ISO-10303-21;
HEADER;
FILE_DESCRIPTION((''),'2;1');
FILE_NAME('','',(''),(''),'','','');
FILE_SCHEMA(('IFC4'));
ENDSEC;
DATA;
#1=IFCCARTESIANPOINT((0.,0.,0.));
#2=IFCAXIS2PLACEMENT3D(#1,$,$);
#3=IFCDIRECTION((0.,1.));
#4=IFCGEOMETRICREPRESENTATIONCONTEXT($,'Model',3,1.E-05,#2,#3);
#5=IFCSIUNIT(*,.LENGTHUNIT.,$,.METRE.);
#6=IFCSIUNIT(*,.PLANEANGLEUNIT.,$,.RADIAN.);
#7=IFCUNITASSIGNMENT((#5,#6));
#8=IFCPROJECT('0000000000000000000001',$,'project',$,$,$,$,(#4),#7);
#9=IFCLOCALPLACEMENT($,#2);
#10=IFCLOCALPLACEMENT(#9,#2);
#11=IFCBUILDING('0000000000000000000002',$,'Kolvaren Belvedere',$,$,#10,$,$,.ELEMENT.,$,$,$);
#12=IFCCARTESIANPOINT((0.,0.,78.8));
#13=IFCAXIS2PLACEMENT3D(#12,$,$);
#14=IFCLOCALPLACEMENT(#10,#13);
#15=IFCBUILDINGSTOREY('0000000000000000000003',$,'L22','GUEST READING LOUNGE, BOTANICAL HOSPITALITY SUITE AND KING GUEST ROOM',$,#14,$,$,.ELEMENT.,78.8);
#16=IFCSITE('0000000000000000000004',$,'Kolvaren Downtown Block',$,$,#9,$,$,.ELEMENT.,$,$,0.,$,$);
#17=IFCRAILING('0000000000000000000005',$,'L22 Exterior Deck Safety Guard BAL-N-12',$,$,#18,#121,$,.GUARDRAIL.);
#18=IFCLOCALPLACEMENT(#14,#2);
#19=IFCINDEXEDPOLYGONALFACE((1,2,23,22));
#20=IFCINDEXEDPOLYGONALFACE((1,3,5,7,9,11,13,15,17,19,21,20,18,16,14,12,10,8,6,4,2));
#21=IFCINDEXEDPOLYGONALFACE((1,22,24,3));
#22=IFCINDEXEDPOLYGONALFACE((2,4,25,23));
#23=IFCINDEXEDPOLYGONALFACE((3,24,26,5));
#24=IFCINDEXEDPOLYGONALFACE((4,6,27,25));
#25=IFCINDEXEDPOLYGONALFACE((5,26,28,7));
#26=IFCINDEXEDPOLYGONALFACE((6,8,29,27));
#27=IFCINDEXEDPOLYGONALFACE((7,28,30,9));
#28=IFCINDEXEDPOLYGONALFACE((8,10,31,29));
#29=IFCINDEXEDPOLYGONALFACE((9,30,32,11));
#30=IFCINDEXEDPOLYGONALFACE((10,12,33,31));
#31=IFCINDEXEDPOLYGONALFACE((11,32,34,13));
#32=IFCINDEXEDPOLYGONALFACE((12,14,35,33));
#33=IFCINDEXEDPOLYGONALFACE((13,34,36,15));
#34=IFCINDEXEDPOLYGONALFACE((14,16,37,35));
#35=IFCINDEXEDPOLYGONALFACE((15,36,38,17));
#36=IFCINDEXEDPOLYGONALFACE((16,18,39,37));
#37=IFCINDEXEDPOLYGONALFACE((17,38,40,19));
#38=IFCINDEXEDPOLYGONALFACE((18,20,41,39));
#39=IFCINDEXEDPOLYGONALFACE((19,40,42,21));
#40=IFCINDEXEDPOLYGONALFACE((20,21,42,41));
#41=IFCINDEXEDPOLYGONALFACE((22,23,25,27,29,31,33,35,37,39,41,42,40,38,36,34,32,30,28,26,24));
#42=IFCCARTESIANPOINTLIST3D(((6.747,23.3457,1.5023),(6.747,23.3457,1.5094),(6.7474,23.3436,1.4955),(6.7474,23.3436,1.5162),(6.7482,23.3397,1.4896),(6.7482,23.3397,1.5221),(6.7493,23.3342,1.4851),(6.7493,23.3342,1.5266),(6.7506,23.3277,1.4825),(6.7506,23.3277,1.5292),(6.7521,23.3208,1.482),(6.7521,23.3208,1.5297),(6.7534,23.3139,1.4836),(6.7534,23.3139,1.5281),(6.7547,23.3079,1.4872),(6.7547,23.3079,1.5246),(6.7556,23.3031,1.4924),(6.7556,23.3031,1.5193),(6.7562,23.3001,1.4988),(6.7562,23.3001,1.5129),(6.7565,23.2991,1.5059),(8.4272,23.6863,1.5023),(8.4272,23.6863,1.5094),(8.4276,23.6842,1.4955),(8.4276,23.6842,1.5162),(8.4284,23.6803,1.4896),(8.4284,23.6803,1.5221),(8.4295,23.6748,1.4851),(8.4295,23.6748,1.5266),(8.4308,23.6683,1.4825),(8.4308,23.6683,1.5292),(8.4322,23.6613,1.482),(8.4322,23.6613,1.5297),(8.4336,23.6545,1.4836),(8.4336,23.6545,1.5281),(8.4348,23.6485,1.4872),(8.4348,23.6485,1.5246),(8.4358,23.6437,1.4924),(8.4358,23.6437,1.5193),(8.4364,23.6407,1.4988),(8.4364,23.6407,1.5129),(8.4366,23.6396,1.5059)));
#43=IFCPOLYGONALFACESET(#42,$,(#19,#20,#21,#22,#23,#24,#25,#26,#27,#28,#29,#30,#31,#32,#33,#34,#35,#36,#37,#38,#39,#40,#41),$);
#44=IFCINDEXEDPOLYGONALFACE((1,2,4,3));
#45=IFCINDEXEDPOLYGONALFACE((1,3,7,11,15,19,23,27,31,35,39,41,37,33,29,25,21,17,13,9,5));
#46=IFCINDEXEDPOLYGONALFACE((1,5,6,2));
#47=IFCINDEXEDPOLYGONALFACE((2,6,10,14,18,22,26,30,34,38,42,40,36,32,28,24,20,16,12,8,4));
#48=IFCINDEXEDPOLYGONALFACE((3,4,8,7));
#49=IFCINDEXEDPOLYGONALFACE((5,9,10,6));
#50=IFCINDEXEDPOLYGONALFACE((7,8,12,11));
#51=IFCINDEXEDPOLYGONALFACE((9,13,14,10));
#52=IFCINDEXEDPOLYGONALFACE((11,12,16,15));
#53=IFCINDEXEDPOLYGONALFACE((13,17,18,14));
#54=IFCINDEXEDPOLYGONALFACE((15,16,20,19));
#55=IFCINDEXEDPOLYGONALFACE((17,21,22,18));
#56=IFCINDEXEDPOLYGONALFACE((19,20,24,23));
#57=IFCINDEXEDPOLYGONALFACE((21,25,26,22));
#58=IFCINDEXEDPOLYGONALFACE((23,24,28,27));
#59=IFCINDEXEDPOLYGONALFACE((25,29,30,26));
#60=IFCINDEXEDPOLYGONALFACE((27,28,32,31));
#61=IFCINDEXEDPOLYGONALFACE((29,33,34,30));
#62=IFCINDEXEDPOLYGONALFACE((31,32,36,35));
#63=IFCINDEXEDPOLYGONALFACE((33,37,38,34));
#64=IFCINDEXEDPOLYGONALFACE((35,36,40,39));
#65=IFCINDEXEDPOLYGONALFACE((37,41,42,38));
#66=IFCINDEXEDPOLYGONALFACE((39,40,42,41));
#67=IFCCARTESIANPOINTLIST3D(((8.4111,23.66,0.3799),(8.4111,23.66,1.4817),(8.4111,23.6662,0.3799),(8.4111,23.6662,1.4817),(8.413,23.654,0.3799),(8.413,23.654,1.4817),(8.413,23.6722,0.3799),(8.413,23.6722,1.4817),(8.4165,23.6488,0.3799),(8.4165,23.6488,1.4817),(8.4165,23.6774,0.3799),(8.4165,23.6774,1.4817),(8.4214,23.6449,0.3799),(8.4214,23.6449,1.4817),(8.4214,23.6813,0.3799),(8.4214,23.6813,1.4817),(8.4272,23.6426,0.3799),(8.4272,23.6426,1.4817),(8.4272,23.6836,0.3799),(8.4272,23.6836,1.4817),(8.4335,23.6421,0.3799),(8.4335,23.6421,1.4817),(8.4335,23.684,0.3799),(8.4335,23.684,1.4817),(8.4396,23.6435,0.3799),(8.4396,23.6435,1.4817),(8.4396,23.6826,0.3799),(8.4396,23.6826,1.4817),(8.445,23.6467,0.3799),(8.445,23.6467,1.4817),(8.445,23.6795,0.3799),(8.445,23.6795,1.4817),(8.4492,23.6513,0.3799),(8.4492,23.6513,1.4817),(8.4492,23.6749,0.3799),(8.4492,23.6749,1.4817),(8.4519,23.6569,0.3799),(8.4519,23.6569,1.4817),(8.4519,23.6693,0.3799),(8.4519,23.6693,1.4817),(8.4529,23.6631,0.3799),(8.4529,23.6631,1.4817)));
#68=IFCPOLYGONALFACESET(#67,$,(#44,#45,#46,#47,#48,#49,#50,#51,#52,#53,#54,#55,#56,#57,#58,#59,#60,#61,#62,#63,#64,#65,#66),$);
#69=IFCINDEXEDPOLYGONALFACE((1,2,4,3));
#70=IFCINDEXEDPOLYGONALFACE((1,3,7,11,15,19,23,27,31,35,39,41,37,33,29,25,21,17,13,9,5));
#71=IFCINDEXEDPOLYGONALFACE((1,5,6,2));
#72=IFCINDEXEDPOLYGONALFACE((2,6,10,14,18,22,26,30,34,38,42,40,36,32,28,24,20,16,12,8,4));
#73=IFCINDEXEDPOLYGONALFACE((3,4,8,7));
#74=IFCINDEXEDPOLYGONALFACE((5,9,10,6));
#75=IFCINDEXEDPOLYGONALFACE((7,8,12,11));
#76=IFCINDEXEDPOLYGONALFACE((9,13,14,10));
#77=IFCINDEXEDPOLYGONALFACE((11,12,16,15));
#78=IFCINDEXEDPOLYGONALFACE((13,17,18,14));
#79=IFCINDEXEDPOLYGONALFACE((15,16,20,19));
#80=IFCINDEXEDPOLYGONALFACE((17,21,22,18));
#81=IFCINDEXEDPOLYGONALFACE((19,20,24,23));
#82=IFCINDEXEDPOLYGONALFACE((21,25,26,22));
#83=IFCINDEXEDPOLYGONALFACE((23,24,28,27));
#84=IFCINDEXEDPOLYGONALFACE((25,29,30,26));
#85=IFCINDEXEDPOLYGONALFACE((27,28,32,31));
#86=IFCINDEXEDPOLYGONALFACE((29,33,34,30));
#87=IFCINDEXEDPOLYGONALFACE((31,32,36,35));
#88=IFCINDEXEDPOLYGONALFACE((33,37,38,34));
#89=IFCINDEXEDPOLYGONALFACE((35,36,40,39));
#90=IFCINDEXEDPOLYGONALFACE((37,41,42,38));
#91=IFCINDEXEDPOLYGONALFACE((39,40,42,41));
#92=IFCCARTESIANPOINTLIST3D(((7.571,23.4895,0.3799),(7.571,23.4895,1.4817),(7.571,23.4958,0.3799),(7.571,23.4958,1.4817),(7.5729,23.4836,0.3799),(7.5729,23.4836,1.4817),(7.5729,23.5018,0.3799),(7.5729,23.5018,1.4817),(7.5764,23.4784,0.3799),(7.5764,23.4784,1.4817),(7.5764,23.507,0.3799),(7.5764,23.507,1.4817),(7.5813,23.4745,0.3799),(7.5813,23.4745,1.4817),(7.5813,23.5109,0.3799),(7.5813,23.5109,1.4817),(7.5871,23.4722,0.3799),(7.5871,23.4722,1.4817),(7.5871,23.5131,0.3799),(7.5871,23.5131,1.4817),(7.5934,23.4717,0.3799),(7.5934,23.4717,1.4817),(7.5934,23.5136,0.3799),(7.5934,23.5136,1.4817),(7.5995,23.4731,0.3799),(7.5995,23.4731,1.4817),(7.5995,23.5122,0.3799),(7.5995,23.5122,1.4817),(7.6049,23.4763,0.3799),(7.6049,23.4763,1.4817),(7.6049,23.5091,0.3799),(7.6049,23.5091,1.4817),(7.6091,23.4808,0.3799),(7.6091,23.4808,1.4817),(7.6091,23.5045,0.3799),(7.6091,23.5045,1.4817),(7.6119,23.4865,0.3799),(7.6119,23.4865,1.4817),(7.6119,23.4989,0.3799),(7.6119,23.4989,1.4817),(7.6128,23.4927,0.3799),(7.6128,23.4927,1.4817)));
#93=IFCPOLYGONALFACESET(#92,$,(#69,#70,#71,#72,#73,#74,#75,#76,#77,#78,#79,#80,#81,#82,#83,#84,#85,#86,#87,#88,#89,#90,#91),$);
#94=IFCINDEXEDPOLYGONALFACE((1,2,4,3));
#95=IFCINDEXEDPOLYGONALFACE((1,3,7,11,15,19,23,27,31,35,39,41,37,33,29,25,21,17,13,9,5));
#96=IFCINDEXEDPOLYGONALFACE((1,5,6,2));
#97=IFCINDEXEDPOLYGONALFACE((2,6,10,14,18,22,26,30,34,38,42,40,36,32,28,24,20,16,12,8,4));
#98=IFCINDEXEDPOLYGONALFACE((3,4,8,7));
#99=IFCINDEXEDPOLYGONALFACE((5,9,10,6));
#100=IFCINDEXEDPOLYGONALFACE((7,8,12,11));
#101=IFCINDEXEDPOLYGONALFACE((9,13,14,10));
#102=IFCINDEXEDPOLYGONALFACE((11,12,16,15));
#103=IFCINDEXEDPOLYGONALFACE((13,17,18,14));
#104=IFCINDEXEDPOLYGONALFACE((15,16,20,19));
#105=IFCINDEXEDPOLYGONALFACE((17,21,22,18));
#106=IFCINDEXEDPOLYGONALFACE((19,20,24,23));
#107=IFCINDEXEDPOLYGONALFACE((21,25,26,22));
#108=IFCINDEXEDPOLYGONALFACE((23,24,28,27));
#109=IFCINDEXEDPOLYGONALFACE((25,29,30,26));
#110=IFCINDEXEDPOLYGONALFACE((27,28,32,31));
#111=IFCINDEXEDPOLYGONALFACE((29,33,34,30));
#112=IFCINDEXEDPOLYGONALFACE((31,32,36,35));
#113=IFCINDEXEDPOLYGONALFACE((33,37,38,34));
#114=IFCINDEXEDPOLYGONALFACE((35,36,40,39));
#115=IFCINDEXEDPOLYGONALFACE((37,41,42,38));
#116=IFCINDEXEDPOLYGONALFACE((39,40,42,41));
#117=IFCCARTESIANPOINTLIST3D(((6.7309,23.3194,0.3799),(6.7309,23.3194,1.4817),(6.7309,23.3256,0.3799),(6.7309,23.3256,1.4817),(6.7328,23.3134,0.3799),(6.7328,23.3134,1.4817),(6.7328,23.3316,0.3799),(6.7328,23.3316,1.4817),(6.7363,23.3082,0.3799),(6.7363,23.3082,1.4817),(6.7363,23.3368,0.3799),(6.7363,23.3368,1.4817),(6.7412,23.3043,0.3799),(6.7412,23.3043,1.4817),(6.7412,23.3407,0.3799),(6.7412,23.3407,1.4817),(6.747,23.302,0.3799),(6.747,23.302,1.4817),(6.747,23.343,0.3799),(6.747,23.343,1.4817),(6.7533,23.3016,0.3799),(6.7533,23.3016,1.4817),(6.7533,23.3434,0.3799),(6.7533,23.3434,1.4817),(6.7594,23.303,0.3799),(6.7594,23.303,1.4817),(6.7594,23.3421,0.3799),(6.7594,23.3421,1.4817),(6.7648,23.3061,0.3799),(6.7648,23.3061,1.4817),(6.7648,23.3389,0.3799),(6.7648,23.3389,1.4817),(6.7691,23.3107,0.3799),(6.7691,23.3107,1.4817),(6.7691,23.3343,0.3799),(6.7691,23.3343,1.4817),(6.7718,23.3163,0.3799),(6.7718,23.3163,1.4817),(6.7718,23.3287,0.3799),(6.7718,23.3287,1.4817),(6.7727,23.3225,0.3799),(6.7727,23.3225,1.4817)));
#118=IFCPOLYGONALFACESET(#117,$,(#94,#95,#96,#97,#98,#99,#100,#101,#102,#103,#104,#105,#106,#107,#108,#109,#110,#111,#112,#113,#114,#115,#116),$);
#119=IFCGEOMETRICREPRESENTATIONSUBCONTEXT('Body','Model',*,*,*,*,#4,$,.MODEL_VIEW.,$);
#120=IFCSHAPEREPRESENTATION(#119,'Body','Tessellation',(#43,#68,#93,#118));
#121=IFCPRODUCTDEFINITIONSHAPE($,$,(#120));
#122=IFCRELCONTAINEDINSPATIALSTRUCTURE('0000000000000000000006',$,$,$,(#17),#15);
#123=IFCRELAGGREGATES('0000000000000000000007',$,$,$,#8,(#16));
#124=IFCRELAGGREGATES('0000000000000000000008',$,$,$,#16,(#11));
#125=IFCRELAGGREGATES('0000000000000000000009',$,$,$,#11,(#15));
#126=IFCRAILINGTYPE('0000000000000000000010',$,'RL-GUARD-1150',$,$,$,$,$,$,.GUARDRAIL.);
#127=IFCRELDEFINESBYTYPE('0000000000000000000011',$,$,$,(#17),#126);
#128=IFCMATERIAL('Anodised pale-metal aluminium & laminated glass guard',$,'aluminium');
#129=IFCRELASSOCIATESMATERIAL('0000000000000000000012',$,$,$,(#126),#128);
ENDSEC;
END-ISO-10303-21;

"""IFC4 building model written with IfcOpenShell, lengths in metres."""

from ifc_helpers import new_model, si_unit, direction, frame, origin, origin_2d, place, context, subcontext, project, spatial, circle, extrude, material, type_object, element, save


model = new_model("IFC4")

# Units and contexts
model_context = context("Model", 3, precision=1e-05, world=origin(), true_north=direction((0.0, 1.0)))
body_context = subcontext(model_context, "Body", "Model", "MODEL_VIEW")
ifc_project = project(units=[si_unit("LENGTHUNIT", "METRE"), si_unit("PLANEANGLEUNIT", "RADIAN")], contexts=[model_context])

# Site, building, storey
site_placement = place(None, origin())
site = spatial("IfcSite", under=ifc_project, at=site_placement, Name="Kolvaren Downtown Block", CompositionType="ELEMENT", RefElevation=0.0)
building_placement = place(site_placement, origin())
building = spatial("IfcBuilding", under=site, at=building_placement, Name="Kolvaren Belvedere", CompositionType="ELEMENT")
storey_placement = place(building_placement, frame((0.0, 0.0, 78.8)))
storey = spatial("IfcBuildingStorey", under=building, at=storey_placement, Name="L22", Description="GUEST READING LOUNGE, BOTANICAL HOSPITALITY SUITE AND KING GUEST ROOM", CompositionType="ELEMENT", Elevation=78.8)

# Railing
ifc_material_1 = material(Name="Anodised pale-metal aluminium & laminated glass guard", Category="aluminium")
railing_type = type_object("IfcRailingType", Name="RL-GUARD-1150", PredefinedType="GUARDRAIL", material=ifc_material_1)
railing_1_placement = place(storey_placement, frame((8.4319, 23.6631, 0.3799)))
element("IfcRailing", 1, at=railing_1_placement, inside=storey, type_object=railing_type, Name="L22 Exterior Deck Safety Guard BAL-N-12", PredefinedType="GUARDRAIL", context=body_context, shape_type="SweptSolid", body=[
    extrude(circle(Radius=0.0239, at=origin_2d()), frame((0.0, 0.0, 1.126), z_axis=(-0.980068, -0.198662, 0.0), x_axis=(0.198662, -0.980068, 0.0)), (0.0, 0.0, 1.0), 1.7144),
    extrude(circle(Radius=0.021, at=origin_2d()), origin(), (0.0, 0.0, 1.0), 1.1018),
    extrude(circle(Radius=0.021, at=origin_2d()), frame((-0.8401, -0.1704, 0.0)), (0.0, 0.0, 1.0), 1.1018),
    extrude(circle(Radius=0.021, at=origin_2d()), frame((-1.6802, -0.3406, 0.0)), (0.0, 0.0, 1.0), 1.1018),
])

save(model, "model.ifc")
